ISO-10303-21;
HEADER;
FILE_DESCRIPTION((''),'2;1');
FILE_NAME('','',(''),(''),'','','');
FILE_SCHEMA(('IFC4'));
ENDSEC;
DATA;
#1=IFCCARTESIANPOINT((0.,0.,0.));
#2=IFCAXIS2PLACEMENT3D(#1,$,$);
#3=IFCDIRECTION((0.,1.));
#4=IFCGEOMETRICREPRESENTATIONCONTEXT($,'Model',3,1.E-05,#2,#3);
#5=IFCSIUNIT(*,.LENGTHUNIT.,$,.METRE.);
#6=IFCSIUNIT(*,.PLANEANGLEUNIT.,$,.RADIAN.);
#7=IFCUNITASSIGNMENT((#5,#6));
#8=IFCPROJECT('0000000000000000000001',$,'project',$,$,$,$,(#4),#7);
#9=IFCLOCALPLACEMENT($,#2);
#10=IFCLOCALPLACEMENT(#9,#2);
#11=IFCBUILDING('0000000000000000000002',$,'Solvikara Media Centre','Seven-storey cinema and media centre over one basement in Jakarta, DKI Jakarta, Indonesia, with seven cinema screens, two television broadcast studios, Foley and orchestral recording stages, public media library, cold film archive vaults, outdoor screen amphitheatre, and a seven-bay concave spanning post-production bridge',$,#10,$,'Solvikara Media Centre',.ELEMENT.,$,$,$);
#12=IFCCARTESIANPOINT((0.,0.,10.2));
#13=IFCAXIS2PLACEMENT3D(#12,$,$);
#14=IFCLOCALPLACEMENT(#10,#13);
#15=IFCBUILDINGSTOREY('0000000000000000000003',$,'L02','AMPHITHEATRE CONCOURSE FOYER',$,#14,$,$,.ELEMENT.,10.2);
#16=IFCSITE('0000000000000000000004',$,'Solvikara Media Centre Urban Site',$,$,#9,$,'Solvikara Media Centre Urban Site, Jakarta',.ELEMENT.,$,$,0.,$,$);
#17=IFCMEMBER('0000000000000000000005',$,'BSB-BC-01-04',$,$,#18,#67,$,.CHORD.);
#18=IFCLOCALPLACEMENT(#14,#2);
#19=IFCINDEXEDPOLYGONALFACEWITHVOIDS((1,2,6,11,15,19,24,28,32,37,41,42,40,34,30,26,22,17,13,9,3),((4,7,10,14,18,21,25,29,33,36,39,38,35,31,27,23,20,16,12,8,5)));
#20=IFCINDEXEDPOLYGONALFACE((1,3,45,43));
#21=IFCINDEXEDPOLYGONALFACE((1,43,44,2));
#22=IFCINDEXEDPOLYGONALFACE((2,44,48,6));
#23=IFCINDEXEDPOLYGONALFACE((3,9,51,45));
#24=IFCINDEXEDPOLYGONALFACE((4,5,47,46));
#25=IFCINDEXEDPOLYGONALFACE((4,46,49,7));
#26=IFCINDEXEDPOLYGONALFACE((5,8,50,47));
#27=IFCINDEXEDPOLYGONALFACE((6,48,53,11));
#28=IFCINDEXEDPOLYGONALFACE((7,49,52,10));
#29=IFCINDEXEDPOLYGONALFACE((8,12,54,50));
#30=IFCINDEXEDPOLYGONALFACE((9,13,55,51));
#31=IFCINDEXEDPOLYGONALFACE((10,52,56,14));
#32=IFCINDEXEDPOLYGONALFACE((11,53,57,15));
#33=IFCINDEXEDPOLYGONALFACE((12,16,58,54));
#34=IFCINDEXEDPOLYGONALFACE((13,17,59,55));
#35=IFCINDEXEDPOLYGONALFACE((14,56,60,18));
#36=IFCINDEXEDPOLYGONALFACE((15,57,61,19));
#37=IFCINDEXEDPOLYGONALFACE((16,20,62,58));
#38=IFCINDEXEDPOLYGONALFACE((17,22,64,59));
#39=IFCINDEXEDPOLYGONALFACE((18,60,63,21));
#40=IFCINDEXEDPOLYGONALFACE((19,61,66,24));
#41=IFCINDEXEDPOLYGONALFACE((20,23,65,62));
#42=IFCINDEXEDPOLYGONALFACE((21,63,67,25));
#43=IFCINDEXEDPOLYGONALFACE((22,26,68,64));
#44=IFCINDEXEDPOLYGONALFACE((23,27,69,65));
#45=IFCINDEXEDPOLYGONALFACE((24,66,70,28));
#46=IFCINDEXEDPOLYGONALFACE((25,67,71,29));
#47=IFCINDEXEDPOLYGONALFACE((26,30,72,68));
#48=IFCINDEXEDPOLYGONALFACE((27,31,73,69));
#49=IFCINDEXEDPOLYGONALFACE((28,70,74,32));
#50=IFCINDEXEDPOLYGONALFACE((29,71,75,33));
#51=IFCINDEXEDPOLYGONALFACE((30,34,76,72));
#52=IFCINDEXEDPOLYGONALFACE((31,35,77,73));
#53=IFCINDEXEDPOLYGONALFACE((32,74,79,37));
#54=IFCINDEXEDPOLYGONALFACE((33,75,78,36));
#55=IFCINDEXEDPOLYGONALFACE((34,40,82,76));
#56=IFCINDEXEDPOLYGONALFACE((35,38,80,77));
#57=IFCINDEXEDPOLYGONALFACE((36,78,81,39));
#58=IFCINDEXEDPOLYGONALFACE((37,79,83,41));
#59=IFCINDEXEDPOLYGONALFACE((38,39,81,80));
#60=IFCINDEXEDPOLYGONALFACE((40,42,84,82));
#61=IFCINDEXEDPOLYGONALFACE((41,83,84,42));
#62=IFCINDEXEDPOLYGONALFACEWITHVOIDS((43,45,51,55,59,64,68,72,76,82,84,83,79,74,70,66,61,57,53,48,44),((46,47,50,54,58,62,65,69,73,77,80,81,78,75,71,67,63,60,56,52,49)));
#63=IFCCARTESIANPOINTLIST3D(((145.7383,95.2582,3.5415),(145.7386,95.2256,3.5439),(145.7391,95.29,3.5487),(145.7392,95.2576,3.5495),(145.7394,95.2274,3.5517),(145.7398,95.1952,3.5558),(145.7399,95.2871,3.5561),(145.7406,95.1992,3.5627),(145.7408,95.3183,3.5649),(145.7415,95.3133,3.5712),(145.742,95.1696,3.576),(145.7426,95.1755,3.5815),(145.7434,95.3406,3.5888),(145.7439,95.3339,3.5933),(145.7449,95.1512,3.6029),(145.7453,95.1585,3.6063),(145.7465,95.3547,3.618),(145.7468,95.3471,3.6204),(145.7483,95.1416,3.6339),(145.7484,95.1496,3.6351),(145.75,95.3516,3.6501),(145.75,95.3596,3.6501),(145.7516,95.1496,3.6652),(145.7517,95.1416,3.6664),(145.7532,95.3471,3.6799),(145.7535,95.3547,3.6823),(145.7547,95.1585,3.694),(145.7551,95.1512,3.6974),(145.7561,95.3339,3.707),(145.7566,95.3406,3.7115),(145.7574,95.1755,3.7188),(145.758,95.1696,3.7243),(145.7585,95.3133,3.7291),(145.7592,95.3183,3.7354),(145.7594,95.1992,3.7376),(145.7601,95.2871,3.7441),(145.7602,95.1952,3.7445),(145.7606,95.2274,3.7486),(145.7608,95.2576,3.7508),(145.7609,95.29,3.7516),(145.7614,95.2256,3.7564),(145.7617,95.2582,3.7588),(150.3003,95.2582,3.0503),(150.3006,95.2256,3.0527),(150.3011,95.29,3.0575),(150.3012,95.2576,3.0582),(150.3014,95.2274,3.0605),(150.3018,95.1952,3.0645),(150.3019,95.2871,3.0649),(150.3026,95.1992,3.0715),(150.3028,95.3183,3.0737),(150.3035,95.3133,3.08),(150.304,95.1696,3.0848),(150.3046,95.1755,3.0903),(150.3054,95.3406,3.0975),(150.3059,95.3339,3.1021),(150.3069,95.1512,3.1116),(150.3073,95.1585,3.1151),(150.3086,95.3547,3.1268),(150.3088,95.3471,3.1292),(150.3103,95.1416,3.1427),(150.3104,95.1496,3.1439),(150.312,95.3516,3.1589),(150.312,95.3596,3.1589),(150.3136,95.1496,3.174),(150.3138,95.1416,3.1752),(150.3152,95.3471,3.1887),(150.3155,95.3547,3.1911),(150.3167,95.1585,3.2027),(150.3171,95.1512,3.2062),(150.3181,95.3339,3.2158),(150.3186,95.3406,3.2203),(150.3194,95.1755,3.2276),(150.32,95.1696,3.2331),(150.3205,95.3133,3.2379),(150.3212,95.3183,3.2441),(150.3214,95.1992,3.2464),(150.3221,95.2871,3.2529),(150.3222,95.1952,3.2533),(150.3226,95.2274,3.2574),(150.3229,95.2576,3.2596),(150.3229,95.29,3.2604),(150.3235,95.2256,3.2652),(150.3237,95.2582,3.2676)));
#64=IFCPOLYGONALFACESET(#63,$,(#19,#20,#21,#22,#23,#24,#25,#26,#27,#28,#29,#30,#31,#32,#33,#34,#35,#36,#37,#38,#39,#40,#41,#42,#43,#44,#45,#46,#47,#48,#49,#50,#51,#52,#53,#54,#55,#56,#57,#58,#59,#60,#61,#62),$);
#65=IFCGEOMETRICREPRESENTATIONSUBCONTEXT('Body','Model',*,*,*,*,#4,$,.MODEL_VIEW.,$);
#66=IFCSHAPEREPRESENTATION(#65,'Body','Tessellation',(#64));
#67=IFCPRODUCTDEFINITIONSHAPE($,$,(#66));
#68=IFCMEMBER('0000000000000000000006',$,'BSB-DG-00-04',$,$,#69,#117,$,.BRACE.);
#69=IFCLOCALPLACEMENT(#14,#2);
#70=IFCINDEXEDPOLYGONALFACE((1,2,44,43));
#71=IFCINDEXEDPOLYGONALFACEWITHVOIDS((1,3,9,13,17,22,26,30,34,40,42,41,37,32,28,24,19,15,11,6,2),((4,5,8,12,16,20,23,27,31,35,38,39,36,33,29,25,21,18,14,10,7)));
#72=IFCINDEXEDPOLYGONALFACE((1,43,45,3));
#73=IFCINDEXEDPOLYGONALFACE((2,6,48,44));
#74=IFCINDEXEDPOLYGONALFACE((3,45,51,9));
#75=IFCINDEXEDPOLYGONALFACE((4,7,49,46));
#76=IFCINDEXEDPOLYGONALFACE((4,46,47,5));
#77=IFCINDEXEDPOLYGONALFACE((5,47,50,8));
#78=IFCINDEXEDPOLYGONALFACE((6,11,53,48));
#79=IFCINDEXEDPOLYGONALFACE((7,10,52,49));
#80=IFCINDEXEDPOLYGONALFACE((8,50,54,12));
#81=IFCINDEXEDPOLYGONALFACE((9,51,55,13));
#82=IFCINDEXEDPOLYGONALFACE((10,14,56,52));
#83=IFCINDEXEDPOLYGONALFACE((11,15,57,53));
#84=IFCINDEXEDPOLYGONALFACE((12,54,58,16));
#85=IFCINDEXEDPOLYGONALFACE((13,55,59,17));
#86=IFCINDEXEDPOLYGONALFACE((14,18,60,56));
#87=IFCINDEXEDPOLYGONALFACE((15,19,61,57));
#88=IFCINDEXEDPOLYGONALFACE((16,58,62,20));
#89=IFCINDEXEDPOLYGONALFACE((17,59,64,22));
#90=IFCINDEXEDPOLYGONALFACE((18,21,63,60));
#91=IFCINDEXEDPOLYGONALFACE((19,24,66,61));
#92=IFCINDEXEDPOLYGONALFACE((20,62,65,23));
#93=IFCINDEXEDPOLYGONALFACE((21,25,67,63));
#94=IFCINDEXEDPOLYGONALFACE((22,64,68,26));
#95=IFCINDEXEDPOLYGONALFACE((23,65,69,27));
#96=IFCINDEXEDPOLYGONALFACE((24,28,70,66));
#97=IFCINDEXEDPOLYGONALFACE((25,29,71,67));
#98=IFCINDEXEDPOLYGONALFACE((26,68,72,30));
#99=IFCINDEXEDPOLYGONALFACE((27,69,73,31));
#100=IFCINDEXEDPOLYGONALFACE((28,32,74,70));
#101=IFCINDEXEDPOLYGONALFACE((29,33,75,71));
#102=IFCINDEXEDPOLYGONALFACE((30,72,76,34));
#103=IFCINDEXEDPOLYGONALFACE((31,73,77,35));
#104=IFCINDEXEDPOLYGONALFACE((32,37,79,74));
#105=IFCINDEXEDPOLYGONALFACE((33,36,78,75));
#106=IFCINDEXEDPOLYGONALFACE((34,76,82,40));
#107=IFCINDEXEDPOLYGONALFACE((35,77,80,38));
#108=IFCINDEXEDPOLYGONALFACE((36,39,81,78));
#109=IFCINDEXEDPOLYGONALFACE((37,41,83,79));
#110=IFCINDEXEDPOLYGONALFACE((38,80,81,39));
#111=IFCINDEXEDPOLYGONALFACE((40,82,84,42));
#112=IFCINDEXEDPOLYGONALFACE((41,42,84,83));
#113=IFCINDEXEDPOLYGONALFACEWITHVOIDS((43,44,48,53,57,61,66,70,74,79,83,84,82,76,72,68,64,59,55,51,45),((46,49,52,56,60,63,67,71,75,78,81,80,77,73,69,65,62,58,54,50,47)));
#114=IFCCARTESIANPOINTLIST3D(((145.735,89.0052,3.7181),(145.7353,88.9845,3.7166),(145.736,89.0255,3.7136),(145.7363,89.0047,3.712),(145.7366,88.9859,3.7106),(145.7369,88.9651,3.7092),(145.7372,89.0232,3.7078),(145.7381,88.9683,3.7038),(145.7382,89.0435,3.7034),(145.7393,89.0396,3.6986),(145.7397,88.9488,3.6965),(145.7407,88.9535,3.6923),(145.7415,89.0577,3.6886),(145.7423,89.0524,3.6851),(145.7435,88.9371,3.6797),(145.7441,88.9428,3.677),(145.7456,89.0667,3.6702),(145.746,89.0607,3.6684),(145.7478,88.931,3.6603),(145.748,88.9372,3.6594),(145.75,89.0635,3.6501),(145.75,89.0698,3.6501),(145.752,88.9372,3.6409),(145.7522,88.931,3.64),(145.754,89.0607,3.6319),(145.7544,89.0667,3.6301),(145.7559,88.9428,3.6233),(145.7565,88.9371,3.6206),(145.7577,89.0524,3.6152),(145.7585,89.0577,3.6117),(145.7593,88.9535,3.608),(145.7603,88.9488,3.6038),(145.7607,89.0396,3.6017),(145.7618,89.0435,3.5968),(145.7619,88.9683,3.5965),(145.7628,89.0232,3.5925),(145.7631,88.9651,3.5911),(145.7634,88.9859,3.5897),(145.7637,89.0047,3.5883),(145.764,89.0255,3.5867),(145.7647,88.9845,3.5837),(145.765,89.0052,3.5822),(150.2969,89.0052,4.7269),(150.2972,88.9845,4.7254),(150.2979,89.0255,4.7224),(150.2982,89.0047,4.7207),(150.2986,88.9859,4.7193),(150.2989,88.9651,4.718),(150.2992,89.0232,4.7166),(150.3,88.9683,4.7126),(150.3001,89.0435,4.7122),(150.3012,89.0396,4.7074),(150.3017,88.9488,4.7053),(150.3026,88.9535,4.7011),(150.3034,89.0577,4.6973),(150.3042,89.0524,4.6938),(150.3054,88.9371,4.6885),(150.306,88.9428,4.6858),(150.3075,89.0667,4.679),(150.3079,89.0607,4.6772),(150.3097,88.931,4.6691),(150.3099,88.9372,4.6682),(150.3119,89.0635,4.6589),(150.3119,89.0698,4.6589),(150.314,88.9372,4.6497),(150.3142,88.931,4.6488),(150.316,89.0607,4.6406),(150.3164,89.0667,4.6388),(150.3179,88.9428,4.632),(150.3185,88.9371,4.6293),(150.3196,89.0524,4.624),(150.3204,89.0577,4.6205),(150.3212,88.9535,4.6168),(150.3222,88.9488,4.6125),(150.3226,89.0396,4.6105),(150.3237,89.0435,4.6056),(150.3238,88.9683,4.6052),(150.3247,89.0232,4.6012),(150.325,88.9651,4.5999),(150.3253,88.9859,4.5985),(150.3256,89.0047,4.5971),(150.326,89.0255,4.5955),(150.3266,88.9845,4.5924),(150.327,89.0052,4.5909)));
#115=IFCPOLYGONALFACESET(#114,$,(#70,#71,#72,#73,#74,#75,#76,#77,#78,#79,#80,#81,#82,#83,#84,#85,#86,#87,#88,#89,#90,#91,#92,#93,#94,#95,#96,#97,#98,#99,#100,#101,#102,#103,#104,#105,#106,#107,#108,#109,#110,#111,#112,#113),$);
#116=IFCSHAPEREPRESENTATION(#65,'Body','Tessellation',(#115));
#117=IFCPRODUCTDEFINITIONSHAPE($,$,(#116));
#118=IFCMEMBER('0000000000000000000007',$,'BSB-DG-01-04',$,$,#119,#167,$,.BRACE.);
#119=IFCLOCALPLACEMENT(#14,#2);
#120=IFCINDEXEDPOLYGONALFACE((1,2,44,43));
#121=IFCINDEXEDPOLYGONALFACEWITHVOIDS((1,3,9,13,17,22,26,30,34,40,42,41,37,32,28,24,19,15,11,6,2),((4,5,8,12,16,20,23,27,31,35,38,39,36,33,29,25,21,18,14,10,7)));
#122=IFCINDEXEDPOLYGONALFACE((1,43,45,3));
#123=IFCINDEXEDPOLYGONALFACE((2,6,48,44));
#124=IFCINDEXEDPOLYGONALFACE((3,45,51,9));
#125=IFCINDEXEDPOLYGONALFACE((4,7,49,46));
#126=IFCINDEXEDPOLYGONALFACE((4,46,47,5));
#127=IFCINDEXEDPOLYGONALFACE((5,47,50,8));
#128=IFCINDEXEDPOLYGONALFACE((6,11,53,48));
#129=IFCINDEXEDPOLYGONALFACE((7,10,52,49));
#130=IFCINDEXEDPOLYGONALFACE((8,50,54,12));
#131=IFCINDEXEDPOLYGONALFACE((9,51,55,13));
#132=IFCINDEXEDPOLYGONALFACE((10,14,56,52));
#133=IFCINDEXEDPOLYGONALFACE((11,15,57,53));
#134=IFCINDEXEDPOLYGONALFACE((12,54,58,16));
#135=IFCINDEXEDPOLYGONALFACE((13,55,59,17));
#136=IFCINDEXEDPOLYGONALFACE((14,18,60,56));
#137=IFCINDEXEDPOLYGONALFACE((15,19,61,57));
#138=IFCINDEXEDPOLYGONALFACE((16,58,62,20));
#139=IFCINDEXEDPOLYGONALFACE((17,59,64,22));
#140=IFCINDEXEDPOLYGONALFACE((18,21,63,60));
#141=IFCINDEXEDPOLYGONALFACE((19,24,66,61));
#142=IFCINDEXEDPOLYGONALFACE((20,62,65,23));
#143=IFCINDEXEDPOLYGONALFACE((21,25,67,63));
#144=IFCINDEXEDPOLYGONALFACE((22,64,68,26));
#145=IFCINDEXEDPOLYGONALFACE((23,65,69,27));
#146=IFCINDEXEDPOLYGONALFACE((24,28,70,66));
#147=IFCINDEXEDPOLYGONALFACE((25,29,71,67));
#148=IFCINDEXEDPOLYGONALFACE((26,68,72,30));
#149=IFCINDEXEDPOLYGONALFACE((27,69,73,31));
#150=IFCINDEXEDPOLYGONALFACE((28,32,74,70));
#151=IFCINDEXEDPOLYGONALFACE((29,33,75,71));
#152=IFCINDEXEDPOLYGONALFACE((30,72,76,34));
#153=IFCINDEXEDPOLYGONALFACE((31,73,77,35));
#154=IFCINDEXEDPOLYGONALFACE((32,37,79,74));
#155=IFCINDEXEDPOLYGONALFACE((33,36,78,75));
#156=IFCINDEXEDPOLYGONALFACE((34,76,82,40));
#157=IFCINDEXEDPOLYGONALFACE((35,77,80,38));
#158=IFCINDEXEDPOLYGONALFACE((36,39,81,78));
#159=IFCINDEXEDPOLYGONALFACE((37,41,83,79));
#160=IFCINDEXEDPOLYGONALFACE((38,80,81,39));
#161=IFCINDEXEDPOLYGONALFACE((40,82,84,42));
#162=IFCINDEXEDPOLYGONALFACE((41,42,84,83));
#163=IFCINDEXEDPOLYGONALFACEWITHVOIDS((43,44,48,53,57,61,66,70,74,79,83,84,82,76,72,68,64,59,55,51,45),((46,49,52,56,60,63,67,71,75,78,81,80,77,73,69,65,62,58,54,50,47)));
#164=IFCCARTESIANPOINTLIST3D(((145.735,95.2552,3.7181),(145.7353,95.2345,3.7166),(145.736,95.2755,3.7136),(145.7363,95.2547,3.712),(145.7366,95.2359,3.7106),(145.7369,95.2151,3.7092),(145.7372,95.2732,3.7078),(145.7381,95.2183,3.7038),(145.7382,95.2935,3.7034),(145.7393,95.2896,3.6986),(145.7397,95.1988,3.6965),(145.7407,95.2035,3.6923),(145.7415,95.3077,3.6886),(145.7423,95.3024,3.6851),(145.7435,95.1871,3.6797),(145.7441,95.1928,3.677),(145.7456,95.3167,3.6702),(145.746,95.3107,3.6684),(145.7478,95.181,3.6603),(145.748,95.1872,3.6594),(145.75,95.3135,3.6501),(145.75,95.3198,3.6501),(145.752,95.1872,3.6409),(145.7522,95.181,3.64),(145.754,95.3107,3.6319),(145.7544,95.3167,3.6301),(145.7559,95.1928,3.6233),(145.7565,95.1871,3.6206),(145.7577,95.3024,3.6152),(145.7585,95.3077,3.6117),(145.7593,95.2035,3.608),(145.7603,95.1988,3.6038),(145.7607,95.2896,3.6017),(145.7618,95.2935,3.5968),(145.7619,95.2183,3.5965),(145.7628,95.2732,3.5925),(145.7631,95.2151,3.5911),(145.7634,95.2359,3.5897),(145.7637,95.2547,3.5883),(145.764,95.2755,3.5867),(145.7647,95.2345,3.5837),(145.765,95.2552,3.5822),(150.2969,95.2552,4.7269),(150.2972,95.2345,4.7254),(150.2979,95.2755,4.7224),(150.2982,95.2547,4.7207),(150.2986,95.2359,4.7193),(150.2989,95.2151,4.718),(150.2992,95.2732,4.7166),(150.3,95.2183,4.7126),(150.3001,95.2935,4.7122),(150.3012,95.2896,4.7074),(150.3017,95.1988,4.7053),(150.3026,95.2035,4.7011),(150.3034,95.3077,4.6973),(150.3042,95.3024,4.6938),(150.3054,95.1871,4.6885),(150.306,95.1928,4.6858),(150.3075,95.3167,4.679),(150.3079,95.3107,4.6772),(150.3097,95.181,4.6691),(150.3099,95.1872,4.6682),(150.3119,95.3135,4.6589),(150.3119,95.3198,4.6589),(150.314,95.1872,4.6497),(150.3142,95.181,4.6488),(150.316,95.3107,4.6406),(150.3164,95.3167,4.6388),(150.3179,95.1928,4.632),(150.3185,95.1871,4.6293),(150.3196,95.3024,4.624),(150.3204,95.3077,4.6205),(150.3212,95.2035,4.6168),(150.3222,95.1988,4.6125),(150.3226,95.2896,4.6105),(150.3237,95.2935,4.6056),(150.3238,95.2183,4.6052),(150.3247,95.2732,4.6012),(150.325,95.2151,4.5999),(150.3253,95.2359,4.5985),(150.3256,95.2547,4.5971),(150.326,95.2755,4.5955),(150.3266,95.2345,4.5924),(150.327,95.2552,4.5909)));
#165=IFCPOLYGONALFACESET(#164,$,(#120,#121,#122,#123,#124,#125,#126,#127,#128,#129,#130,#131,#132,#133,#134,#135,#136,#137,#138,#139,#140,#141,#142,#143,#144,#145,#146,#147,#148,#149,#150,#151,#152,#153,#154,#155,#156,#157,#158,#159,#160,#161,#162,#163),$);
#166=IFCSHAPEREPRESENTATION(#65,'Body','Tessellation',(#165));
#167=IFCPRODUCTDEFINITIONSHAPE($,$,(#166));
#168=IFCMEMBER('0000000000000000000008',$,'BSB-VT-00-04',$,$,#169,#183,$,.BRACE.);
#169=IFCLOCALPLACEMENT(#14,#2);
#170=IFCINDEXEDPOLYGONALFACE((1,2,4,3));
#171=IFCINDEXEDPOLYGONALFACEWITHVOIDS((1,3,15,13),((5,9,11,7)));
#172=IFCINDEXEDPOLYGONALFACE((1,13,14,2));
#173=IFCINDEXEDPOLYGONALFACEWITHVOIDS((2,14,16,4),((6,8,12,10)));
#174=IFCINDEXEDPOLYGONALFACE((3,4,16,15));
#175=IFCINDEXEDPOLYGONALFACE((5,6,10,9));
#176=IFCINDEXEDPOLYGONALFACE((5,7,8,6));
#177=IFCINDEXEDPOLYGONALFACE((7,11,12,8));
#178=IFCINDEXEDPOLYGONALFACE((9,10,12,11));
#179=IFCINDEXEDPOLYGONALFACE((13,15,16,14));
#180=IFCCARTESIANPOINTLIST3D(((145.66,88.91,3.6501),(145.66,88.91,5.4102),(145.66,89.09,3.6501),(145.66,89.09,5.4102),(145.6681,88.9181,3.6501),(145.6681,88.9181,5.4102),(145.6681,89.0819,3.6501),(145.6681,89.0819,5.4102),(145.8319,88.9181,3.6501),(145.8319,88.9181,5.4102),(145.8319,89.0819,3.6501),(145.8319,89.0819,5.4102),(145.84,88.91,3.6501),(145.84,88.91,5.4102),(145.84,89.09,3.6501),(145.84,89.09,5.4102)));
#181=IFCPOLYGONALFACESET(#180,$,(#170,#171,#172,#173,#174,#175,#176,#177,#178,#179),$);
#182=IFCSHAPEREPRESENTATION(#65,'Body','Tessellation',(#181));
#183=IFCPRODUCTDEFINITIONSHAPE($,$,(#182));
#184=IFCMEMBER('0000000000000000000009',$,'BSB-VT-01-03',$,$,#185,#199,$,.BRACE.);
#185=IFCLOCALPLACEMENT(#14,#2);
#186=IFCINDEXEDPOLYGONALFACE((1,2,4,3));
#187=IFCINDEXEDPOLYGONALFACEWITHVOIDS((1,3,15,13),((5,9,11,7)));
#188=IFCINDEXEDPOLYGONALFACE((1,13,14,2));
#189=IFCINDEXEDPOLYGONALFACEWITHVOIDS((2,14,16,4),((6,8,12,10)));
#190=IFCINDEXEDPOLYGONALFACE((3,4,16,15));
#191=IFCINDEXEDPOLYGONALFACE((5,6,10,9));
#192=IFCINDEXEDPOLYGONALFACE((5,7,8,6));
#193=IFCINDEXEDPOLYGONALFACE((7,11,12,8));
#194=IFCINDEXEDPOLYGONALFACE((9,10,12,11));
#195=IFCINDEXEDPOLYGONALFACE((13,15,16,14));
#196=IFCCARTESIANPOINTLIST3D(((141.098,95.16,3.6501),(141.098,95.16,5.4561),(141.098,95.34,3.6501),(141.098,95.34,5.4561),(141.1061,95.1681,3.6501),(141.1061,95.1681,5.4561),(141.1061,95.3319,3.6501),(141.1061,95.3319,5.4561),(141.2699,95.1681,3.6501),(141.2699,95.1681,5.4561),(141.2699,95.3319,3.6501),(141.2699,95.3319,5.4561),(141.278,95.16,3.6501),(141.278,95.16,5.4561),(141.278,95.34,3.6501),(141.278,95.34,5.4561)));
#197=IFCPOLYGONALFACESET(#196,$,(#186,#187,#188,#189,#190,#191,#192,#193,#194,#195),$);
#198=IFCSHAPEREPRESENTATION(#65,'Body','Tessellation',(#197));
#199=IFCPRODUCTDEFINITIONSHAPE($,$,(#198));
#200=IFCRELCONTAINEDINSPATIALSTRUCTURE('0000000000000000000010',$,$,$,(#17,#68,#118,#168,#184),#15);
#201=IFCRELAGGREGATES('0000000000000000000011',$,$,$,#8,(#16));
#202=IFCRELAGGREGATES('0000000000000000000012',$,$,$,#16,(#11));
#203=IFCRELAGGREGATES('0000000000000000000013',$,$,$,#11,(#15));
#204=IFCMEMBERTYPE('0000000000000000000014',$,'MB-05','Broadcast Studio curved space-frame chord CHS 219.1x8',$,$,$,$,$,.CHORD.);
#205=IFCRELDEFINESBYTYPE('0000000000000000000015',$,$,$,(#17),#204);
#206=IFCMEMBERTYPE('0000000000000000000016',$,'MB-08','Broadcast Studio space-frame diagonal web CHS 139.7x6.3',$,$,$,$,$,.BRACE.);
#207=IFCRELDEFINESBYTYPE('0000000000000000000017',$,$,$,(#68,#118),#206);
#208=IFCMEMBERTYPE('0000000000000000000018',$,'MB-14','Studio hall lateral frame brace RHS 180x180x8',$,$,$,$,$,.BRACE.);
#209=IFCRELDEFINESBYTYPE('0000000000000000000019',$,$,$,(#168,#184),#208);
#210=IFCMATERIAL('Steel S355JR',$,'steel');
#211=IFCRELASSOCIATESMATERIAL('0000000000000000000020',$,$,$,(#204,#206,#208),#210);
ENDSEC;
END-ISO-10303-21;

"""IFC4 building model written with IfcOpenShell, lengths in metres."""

from ifc_helpers import new_model, si_unit, direction, frame, origin, origin_2d, place, context, subcontext, project, spatial, hollow_rectangle, hollow_circle, extrude, material, material_profile, profile_set, type_object, element, save


model = new_model("IFC4")

# Units and contexts
model_context = context("Model", 3, precision=1e-05, world=origin(), true_north=direction((0.0, 1.0)))
body_context = subcontext(model_context, "Body", "Model", "MODEL_VIEW")
ifc_project = project(units=[si_unit("LENGTHUNIT", "METRE"), si_unit("PLANEANGLEUNIT", "RADIAN")], contexts=[model_context])

# Site, building, storey
site_placement = place(None, origin())
site = spatial("IfcSite", under=ifc_project, at=site_placement, Name="Solvikara Media Centre Urban Site", LongName="Solvikara Media Centre Urban Site, Jakarta", CompositionType="ELEMENT", RefElevation=0.0)
building_placement = place(site_placement, origin())
building = spatial("IfcBuilding", under=site, at=building_placement, Name="Solvikara Media Centre", Description="Seven-storey cinema and media centre over one basement in Jakarta, DKI Jakarta, Indonesia, with seven cinema screens, two television broadcast studios, Foley and orchestral recording stages, public media library, cold film archive vaults, outdoor screen amphitheatre, and a seven-bay concave spanning post-production bridge", LongName="Solvikara Media Centre", CompositionType="ELEMENT")
storey_placement = place(building_placement, frame((0.0, 0.0, 10.2)))
storey = spatial("IfcBuildingStorey", under=building, at=storey_placement, Name="L02", Description="AMPHITHEATRE CONCOURSE FOYER", CompositionType="ELEMENT", Elevation=10.2)

# Shared definitions
ifc_material_1 = material(Name="Steel S355JR", Category="steel")

# Members
ifc_material_profile_1 = material_profile(ifc_material_1, hollow_circle(Radius=0.1096, WallThickness=0.0081, at=origin_2d()), Name="CHS 219.1x8")
ifc_profile_set_1 = profile_set([ifc_material_profile_1], Name="Steel S355JR")
member_type_1 = type_object("IfcMemberType", Name="MB-05", Description="Broadcast Studio curved space-frame chord CHS 219.1x8", PredefinedType="CHORD", material=ifc_profile_set_1)
member_1_placement = place(storey_placement, frame((145.75, 95.25, 3.6501), z_axis=(0.994253, 0.0, -0.107055), x_axis=(0.0, 1.0, 0.0)))
element("IfcMember", 1, at=member_1_placement, inside=storey, type_object=member_type_1, Name="BSB-BC-01-04", PredefinedType="CHORD", context=body_context, shape_type="SweptSolid", body=[
    extrude(hollow_circle(Radius=0.1096, WallThickness=0.0081, at=origin_2d()), origin(), (0.0, 0.0, 1.0), 4.5884),
])
ifc_material_profile_2 = material_profile(ifc_material_1, hollow_circle(Radius=0.0698, WallThickness=0.0063, at=origin_2d()), Name="CHS 139.7x6.3")
ifc_profile_set_2 = profile_set([ifc_material_profile_2], Name="Steel S355JR")
member_type_2 = type_object("IfcMemberType", Name="MB-08", Description="Broadcast Studio space-frame diagonal web CHS 139.7x6.3", PredefinedType="BRACE", material=ifc_profile_set_2)
for number, where, z_axis, x_axis, name in (
    (2, (145.75, 89.0, 3.6501), (0.976413, 0.0, 0.215912), (0.0, 1.0, 0.0), "BSB-DG-00-04"),
    (3, (145.75, 95.25, 3.6501), (0.976413, 0.0, 0.215912), (0.0, 1.0, 0.0), "BSB-DG-01-04"),
):
    element("IfcMember", number, at=place(storey_placement, frame(where, z_axis=z_axis, x_axis=x_axis)), inside=storey, type_object=member_type_2, Name=name, PredefinedType="BRACE", context=body_context, shape_type="SweptSolid", body=[
        extrude(hollow_circle(Radius=0.0698, WallThickness=0.0063, at=origin_2d()), origin(), (0.0, 0.0, 1.0), 4.6721),
    ])
ifc_material_profile_3 = material_profile(ifc_material_1, hollow_rectangle(XDim=0.1799, YDim=0.1799, WallThickness=0.0081, at=origin_2d()), Name="RHS 180x180x8")
ifc_profile_set_3 = profile_set([ifc_material_profile_3], Name="Steel S355JR")
member_type_3 = type_object("IfcMemberType", Name="MB-14", Description="Studio hall lateral frame brace RHS 180x180x8", PredefinedType="BRACE", material=ifc_profile_set_3)
member_2_placement = place(storey_placement, frame((145.75, 89.0, 3.6501), z_axis=(0.0, 0.0, 1.0), x_axis=(1.0, 0.0, 0.0)))
element("IfcMember", 4, at=member_2_placement, inside=storey, type_object=member_type_3, Name="BSB-VT-00-04", PredefinedType="BRACE", context=body_context, shape_type="SweptSolid", body=[
    extrude(hollow_rectangle(XDim=0.1799, YDim=0.1799, WallThickness=0.0081, at=origin_2d()), origin(), (0.0, 0.0, 1.0), 1.76),
])
member_3_placement = place(storey_placement, frame((141.188, 95.25, 3.6501), z_axis=(0.0, 0.0, 1.0), x_axis=(1.0, 0.0, 0.0)))
element("IfcMember", 5, at=member_3_placement, inside=storey, type_object=member_type_3, Name="BSB-VT-01-03", PredefinedType="BRACE", context=body_context, shape_type="SweptSolid", body=[
    extrude(hollow_rectangle(XDim=0.1799, YDim=0.1799, WallThickness=0.0081, at=origin_2d()), origin(), (0.0, 0.0, 1.0), 1.8059),
])

save(model, "model.ifc")
